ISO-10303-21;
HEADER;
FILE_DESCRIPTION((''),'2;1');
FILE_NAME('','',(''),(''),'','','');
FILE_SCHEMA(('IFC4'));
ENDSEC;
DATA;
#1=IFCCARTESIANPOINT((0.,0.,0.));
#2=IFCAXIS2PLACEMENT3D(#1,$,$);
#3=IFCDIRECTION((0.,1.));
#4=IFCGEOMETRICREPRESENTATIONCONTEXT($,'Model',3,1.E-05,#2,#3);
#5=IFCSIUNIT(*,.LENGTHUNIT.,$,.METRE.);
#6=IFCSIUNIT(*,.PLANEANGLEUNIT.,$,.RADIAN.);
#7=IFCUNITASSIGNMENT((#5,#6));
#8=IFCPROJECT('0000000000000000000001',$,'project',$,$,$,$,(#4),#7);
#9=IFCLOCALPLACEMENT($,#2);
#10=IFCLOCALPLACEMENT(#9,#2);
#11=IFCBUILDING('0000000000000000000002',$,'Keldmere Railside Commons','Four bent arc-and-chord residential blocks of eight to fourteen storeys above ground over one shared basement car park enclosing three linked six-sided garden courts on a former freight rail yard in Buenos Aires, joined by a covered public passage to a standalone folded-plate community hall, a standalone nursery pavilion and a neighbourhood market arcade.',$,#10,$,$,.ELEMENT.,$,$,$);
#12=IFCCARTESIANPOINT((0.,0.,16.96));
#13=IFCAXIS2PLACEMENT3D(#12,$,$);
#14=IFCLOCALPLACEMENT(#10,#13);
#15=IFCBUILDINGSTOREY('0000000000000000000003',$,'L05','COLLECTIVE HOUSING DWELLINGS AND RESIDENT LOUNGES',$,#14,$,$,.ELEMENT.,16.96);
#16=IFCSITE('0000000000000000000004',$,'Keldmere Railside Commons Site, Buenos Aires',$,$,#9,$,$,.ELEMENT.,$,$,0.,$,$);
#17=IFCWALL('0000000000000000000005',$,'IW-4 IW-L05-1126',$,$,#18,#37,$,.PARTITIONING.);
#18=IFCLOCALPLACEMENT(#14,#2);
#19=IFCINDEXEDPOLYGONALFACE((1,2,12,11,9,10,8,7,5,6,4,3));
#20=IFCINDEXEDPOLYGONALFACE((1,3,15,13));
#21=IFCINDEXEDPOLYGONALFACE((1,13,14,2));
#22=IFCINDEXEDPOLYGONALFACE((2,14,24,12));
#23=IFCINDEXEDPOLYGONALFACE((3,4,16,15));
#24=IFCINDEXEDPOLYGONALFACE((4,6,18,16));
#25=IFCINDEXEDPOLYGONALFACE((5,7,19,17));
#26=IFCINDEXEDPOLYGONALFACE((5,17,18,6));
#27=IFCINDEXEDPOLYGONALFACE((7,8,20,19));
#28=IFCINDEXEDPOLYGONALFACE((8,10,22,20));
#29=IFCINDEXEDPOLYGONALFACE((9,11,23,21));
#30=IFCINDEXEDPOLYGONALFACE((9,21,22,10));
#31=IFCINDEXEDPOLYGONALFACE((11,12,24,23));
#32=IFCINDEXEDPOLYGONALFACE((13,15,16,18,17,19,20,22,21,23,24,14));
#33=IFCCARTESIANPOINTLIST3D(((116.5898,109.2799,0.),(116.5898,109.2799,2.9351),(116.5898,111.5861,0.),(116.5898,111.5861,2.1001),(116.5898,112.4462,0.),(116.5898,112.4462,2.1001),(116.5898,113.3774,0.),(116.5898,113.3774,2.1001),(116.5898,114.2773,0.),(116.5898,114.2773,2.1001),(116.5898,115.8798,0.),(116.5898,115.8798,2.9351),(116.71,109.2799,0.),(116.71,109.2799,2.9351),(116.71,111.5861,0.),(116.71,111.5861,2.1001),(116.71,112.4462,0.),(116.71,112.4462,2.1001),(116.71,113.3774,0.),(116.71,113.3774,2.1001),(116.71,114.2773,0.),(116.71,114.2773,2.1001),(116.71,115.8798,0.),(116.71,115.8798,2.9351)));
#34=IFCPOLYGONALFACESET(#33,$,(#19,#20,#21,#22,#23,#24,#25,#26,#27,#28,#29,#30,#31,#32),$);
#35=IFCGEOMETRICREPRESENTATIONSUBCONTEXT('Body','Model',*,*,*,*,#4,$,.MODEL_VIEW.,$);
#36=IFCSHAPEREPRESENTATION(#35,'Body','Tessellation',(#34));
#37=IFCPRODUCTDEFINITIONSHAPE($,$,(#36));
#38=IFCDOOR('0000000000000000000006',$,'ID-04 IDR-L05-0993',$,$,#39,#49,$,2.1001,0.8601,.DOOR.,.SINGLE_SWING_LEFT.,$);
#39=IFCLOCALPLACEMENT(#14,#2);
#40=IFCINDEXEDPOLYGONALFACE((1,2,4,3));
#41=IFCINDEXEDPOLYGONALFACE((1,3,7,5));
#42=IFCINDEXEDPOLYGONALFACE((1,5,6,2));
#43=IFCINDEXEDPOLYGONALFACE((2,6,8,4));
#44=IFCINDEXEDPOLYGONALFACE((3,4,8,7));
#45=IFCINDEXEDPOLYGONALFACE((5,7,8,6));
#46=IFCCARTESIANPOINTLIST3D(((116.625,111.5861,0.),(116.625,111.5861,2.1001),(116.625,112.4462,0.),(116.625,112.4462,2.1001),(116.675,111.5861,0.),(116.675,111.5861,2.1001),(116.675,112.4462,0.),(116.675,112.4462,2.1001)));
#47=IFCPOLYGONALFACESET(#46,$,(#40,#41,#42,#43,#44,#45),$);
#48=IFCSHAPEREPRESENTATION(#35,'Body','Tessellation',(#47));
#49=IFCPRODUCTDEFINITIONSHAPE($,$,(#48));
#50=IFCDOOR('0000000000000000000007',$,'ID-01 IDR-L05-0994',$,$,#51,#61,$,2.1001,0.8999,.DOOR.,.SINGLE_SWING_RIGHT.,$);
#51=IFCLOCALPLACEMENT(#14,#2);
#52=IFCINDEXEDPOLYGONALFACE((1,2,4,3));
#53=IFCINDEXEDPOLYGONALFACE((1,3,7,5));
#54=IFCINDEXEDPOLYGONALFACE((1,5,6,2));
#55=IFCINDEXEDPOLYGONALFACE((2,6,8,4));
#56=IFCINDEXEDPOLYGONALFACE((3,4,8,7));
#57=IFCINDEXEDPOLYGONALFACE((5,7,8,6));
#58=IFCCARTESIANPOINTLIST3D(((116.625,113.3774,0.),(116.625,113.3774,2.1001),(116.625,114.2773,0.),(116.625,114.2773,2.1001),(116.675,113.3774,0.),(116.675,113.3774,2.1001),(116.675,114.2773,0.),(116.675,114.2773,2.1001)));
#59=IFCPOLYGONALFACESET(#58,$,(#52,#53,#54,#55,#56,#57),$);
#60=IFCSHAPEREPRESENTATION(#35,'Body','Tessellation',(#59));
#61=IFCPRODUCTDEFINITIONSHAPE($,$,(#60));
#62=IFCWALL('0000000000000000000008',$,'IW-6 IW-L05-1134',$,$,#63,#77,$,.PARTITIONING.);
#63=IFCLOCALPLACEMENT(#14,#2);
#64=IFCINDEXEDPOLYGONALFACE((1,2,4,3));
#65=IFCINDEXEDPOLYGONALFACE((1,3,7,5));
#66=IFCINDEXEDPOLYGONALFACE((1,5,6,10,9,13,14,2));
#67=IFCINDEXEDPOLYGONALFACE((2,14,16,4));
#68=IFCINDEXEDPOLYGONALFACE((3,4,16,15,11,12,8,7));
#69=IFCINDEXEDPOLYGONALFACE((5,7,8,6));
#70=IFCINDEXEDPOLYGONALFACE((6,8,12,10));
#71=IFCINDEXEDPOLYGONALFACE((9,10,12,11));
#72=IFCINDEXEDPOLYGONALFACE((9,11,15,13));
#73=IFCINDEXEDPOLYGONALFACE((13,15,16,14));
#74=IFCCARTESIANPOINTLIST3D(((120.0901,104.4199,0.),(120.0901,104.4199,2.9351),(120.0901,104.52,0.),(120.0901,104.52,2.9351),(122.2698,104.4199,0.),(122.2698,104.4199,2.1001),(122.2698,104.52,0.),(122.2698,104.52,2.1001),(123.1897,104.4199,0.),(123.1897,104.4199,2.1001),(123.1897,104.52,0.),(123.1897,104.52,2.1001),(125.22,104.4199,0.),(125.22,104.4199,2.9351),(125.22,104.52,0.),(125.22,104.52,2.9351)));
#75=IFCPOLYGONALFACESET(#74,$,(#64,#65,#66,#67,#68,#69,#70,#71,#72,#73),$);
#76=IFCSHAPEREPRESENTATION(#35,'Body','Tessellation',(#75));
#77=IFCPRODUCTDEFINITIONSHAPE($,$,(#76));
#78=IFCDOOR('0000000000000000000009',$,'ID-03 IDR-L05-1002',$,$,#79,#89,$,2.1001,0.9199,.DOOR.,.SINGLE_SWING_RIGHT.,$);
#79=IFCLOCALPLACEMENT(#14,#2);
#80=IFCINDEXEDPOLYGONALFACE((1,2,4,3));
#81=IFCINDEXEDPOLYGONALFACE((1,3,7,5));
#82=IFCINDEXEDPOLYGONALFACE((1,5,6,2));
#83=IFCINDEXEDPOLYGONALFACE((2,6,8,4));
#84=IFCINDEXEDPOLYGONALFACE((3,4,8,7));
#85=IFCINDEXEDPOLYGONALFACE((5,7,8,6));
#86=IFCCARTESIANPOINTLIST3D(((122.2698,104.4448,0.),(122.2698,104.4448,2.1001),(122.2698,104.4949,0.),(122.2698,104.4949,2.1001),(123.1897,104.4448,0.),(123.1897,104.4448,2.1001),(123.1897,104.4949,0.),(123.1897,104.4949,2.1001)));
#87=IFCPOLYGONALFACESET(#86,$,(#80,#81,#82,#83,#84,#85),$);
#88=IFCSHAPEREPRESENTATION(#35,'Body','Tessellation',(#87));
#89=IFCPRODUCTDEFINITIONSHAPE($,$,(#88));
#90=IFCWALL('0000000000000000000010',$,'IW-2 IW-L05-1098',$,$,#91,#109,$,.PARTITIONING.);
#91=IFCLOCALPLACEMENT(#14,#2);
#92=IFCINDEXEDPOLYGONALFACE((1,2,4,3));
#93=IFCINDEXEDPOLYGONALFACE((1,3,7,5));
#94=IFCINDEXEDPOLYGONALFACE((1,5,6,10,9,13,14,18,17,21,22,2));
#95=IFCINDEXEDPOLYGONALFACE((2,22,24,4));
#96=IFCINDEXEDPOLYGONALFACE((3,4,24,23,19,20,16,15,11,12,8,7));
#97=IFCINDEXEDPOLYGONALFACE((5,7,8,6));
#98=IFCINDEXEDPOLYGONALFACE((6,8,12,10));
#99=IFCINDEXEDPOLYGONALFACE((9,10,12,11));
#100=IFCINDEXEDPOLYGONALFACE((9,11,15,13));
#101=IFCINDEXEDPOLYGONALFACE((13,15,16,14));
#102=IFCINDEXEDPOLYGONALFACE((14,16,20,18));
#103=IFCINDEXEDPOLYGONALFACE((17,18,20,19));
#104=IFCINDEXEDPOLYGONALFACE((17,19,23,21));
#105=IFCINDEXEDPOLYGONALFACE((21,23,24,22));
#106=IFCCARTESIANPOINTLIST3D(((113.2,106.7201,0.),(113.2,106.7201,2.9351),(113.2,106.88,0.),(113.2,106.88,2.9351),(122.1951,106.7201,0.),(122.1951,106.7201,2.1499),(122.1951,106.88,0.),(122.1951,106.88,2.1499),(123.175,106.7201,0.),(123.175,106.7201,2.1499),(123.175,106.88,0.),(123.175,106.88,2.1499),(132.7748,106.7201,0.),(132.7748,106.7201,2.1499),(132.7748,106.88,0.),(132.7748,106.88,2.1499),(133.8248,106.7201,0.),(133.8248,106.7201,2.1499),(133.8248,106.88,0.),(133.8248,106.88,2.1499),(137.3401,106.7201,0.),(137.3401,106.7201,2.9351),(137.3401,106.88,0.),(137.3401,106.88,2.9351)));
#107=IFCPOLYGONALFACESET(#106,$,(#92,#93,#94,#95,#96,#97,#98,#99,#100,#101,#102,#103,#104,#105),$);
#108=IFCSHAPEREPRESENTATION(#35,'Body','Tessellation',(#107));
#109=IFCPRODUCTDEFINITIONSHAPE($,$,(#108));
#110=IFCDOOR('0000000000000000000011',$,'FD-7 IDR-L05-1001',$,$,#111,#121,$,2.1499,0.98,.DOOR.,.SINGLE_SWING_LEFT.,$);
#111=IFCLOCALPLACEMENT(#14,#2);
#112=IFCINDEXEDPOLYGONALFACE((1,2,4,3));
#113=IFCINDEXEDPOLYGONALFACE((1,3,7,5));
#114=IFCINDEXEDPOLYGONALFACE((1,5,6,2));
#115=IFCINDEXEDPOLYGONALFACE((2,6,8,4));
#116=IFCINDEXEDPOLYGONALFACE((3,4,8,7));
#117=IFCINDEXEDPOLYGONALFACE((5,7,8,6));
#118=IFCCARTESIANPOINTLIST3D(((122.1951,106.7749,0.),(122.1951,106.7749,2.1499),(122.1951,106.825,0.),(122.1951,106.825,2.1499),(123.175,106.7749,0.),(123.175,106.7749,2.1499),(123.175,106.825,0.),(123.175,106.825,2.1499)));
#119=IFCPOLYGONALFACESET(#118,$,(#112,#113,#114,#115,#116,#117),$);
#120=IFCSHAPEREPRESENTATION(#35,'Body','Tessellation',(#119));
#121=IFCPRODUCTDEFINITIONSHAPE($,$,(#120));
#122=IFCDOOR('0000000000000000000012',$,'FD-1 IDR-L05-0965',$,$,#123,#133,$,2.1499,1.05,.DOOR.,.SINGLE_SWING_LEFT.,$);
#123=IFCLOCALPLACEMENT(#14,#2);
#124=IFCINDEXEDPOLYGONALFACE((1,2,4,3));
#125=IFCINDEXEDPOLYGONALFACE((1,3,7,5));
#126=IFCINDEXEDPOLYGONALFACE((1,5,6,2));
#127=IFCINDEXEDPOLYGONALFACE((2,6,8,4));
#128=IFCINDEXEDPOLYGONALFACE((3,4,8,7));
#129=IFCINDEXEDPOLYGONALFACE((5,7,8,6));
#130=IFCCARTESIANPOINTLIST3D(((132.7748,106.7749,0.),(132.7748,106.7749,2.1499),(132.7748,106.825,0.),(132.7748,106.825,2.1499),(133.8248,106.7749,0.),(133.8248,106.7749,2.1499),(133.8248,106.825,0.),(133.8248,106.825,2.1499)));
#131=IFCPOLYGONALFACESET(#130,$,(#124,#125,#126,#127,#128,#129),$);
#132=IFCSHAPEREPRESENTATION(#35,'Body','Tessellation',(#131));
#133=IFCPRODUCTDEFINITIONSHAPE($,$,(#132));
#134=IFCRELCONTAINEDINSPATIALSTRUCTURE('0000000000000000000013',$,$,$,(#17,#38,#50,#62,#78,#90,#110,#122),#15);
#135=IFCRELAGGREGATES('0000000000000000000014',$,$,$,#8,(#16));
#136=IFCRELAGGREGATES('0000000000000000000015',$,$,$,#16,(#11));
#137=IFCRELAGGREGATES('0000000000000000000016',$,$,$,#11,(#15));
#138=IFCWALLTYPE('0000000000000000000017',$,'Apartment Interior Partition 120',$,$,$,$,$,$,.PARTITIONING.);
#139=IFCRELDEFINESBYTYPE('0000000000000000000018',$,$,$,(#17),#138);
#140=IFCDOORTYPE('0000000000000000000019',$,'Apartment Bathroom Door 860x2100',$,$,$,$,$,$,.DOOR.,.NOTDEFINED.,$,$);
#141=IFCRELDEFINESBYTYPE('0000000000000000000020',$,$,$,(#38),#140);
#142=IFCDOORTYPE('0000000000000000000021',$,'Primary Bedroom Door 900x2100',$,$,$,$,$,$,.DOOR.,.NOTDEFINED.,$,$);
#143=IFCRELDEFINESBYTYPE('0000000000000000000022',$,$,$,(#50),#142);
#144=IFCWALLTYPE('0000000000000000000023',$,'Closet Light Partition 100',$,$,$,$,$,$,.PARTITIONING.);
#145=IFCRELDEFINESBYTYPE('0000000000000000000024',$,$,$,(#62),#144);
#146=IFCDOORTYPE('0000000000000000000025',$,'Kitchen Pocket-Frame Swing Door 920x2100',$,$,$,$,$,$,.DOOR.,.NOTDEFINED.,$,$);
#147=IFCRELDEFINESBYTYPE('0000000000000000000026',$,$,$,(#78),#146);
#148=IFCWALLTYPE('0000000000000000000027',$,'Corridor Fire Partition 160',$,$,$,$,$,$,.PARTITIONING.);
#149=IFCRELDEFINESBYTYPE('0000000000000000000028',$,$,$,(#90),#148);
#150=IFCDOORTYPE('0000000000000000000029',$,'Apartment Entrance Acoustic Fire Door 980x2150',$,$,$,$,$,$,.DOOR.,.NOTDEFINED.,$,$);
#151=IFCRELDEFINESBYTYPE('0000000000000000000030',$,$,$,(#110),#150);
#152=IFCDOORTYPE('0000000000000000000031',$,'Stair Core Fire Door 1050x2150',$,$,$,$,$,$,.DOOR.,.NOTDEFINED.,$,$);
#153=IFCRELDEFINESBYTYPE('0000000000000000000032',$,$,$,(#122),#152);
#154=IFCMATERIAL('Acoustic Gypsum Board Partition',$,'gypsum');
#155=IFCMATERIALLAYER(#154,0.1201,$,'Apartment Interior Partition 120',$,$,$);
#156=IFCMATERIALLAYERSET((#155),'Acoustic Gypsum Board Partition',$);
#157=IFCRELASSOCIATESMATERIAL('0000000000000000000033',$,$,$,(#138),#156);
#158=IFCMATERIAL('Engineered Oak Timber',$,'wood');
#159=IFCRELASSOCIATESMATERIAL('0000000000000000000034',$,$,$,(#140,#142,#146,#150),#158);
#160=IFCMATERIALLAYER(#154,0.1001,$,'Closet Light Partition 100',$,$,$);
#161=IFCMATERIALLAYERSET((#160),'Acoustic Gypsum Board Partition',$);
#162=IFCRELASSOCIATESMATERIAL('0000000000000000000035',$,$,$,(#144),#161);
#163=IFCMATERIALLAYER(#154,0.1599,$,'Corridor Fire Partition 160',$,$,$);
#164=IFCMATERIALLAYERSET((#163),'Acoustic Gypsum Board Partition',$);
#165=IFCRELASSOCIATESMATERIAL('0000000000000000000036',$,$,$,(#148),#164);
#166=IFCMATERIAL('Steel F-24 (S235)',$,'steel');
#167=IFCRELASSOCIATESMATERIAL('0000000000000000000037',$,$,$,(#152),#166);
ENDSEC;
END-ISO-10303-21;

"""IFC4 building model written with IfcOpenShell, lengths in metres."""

from ifc_helpers import new_model, si_unit, direction, frame, frame_2d, origin, place, context, subcontext, project, spatial, rectangle, extrude, material, layer, layer_set, type_object, element, fill, save


model = new_model("IFC4")

# Units and contexts
model_context = context("Model", 3, precision=1e-05, world=origin(), true_north=direction((0.0, 1.0)))
body_context = subcontext(model_context, "Body", "Model", "MODEL_VIEW")
ifc_project = project(units=[si_unit("LENGTHUNIT", "METRE"), si_unit("PLANEANGLEUNIT", "RADIAN")], contexts=[model_context])

# Site, building, storey
site_placement = place(None, origin())
site = spatial("IfcSite", under=ifc_project, at=site_placement, Name="Keldmere Railside Commons Site, Buenos Aires", CompositionType="ELEMENT", RefElevation=0.0)
building_placement = place(site_placement, origin())
building = spatial("IfcBuilding", under=site, at=building_placement, Name="Keldmere Railside Commons", Description="Four bent arc-and-chord residential blocks of eight to fourteen storeys above ground over one shared basement car park enclosing three linked six-sided garden courts on a former freight rail yard in Buenos Aires, joined by a covered public passage to a standalone folded-plate community hall, a standalone nursery pavilion and a neighbourhood market arcade.", CompositionType="ELEMENT")
storey_placement = place(building_placement, frame((0.0, 0.0, 16.96)))
storey = spatial("IfcBuildingStorey", under=building, at=storey_placement, Name="L05", Description="COLLECTIVE HOUSING DWELLINGS AND RESIDENT LOUNGES", CompositionType="ELEMENT", Elevation=16.96)

# Wall, openings, doors
ifc_material_1 = material(Name="Acoustic Gypsum Board Partition", Category="gypsum")
ifc_layer_1 = layer(ifc_material_1, 0.1201, Name="Apartment Interior Partition 120")
ifc_layer_set_1 = layer_set([ifc_layer_1], Name="Acoustic Gypsum Board Partition")
wall_type_1 = type_object("IfcWallType", Name="Apartment Interior Partition 120", PredefinedType="PARTITIONING", material=ifc_layer_set_1)
wall_1_placement = place(storey_placement, frame((116.6499, 109.28, 0.0), z_axis=(0.0, 0.0, 1.0), x_axis=(0.0, 1.0, 0.0)))
wall_1 = element("IfcWall", 1, at=wall_1_placement, inside=storey, type_object=wall_type_1, Name="IW-4 IW-L05-1126", PredefinedType="PARTITIONING", context=body_context, shape_type="SweptSolid", body=[
    extrude(rectangle(XDim=6.5999, YDim=0.1201, at=frame_2d((3.2998, 0.0))), origin(), (0.0, 0.0, 1.0), 2.9351),
])
opening_1_placement = place(wall_1_placement, frame((2.3059, 0.0, 0.0)))
opening_1 = element("IfcOpeningElement", 2, at=opening_1_placement, cuts=wall_1, PredefinedType="OPENING", context=body_context, shape_type="SweptSolid", body=[
    extrude(rectangle(XDim=0.8601, YDim=2.1001, at=frame_2d((0.4302, 1.05))), frame((0.0, 0.0701, 0.0), z_axis=(0.0, -1.0, 0.0), x_axis=(1.0, 0.0, 0.0)), (0.0, 0.0, 1.0), 0.1401),
])
opening_2_placement = place(wall_1_placement, frame((4.0974, 0.0, 0.0)))
opening_2 = element("IfcOpeningElement", 3, at=opening_2_placement, cuts=wall_1, PredefinedType="OPENING", context=body_context, shape_type="SweptSolid", body=[
    extrude(rectangle(XDim=0.8999, YDim=2.1001, at=frame_2d((0.45, 1.05))), frame((0.0, 0.0701, 0.0), z_axis=(0.0, -1.0, 0.0), x_axis=(1.0, 0.0, 0.0)), (0.0, 0.0, 1.0), 0.1401),
])
ifc_material_2 = material(Name="Engineered Oak Timber", Category="wood")
door_type_1 = type_object("IfcDoorType", Name="Apartment Bathroom Door 860x2100", OperationType="NOTDEFINED", PredefinedType="DOOR", material=ifc_material_2)
door_1_placement = place(opening_1_placement, origin())
door_1 = element("IfcDoor", 4, at=door_1_placement, inside=storey, type_object=door_type_1, Name="ID-04 IDR-L05-0993", OperationType="SINGLE_SWING_LEFT", OverallHeight=2.1001, OverallWidth=0.8601, PredefinedType="DOOR", context=body_context, shape_type="SweptSolid", body=[
    extrude(rectangle(XDim=0.8601, YDim=2.1001, at=frame_2d((0.4302, 1.05))), frame((0.0, 0.0249, 0.0), z_axis=(0.0, -1.0, 0.0), x_axis=(1.0, 0.0, 0.0)), (0.0, 0.0, 1.0), 0.05),
])
fill(opening_1, door_1)
door_type_2 = type_object("IfcDoorType", Name="Primary Bedroom Door 900x2100", OperationType="NOTDEFINED", PredefinedType="DOOR", material=ifc_material_2)
door_2_placement = place(opening_2_placement, origin())
door_2 = element("IfcDoor", 5, at=door_2_placement, inside=storey, type_object=door_type_2, Name="ID-01 IDR-L05-0994", OperationType="SINGLE_SWING_RIGHT", OverallHeight=2.1001, OverallWidth=0.8999, PredefinedType="DOOR", context=body_context, shape_type="SweptSolid", body=[
    extrude(rectangle(XDim=0.8999, YDim=2.1001, at=frame_2d((0.45, 1.05))), frame((0.0, 0.0249, 0.0), z_axis=(0.0, -1.0, 0.0), x_axis=(1.0, 0.0, 0.0)), (0.0, 0.0, 1.0), 0.05),
])
fill(opening_2, door_2)

# Wall, opening, door
ifc_layer_2 = layer(ifc_material_1, 0.1001, Name="Closet Light Partition 100")
ifc_layer_set_2 = layer_set([ifc_layer_2], Name="Acoustic Gypsum Board Partition")
wall_type_2 = type_object("IfcWallType", Name="Closet Light Partition 100", PredefinedType="PARTITIONING", material=ifc_layer_set_2)
wall_2_placement = place(storey_placement, frame((120.0901, 104.47, 0.0), z_axis=(0.0, 0.0, 1.0), x_axis=(1.0, 0.0, 0.0)))
wall_2 = element("IfcWall", 6, at=wall_2_placement, inside=storey, type_object=wall_type_2, Name="IW-6 IW-L05-1134", PredefinedType="PARTITIONING", context=body_context, shape_type="SweptSolid", body=[
    extrude(rectangle(XDim=5.1299, YDim=0.1001, at=frame_2d((2.5649, 0.0))), origin(), (0.0, 0.0, 1.0), 2.9351),
])
opening_3_placement = place(wall_2_placement, frame((2.1797, 0.0, 0.0)))
opening_3 = element("IfcOpeningElement", 7, at=opening_3_placement, cuts=wall_2, PredefinedType="OPENING", context=body_context, shape_type="SweptSolid", body=[
    extrude(rectangle(XDim=0.9199, YDim=2.1001, at=frame_2d((0.46, 1.05))), frame((0.0, 0.0601, 0.0), z_axis=(0.0, -1.0, 0.0), x_axis=(1.0, 0.0, 0.0)), (0.0, 0.0, 1.0), 0.1201),
])
door_type_3 = type_object("IfcDoorType", Name="Kitchen Pocket-Frame Swing Door 920x2100", OperationType="NOTDEFINED", PredefinedType="DOOR", material=ifc_material_2)
door_3_placement = place(opening_3_placement, origin())
door_3 = element("IfcDoor", 8, at=door_3_placement, inside=storey, type_object=door_type_3, Name="ID-03 IDR-L05-1002", OperationType="SINGLE_SWING_RIGHT", OverallHeight=2.1001, OverallWidth=0.9199, PredefinedType="DOOR", context=body_context, shape_type="SweptSolid", body=[
    extrude(rectangle(XDim=0.9199, YDim=2.1001, at=frame_2d((0.46, 1.05))), frame((0.0, 0.0249, 0.0), z_axis=(0.0, -1.0, 0.0), x_axis=(1.0, 0.0, 0.0)), (0.0, 0.0, 1.0), 0.05),
])
fill(opening_3, door_3)

# Wall, openings, doors
ifc_layer_3 = layer(ifc_material_1, 0.1599, Name="Corridor Fire Partition 160")
ifc_layer_set_3 = layer_set([ifc_layer_3], Name="Acoustic Gypsum Board Partition")
wall_type_3 = type_object("IfcWallType", Name="Corridor Fire Partition 160", PredefinedType="PARTITIONING", material=ifc_layer_set_3)
wall_3_placement = place(storey_placement, frame((113.2, 106.8, 0.0), z_axis=(0.0, 0.0, 1.0), x_axis=(1.0, 0.0, 0.0)))
wall_3 = element("IfcWall", 9, at=wall_3_placement, inside=storey, type_object=wall_type_3, Name="IW-2 IW-L05-1098", PredefinedType="PARTITIONING", context=body_context, shape_type="SweptSolid", body=[
    extrude(rectangle(XDim=24.1401, YDim=0.1599, at=frame_2d((12.0701, 0.0))), origin(), (0.0, 0.0, 1.0), 2.9351),
])
opening_4_placement = place(wall_3_placement, frame((19.575, 0.0, 0.0)))
opening_4 = element("IfcOpeningElement", 10, at=opening_4_placement, cuts=wall_3, PredefinedType="OPENING", context=body_context, shape_type="SweptSolid", body=[
    extrude(rectangle(XDim=1.05, YDim=2.1499, at=frame_2d((0.5249, 1.075))), frame((0.0, 0.0898, 0.0), z_axis=(0.0, -1.0, 0.0), x_axis=(1.0, 0.0, 0.0)), (0.0, 0.0, 1.0), 0.1799),
])
opening_5_placement = place(wall_3_placement, frame((8.9951, 0.0, 0.0)))
opening_5 = element("IfcOpeningElement", 11, at=opening_5_placement, cuts=wall_3, PredefinedType="OPENING", context=body_context, shape_type="SweptSolid", body=[
    extrude(rectangle(XDim=0.98, YDim=2.1499, at=frame_2d((0.49, 1.075))), frame((0.0, 0.0898, 0.0), z_axis=(0.0, -1.0, 0.0), x_axis=(1.0, 0.0, 0.0)), (0.0, 0.0, 1.0), 0.1799),
])
door_type_4 = type_object("IfcDoorType", Name="Apartment Entrance Acoustic Fire Door 980x2150", OperationType="NOTDEFINED", PredefinedType="DOOR", material=ifc_material_2)
door_4_placement = place(opening_5_placement, origin())
door_4 = element("IfcDoor", 12, at=door_4_placement, inside=storey, type_object=door_type_4, Name="FD-7 IDR-L05-1001", OperationType="SINGLE_SWING_LEFT", OverallHeight=2.1499, OverallWidth=0.98, PredefinedType="DOOR", context=body_context, shape_type="SweptSolid", body=[
    extrude(rectangle(XDim=0.98, YDim=2.1499, at=frame_2d((0.49, 1.075))), frame((0.0, 0.0249, 0.0), z_axis=(0.0, -1.0, 0.0), x_axis=(1.0, 0.0, 0.0)), (0.0, 0.0, 1.0), 0.05),
])
fill(opening_5, door_4)
ifc_material_3 = material(Name="Steel F-24 (S235)", Category="steel")
door_type_5 = type_object("IfcDoorType", Name="Stair Core Fire Door 1050x2150", OperationType="NOTDEFINED", PredefinedType="DOOR", material=ifc_material_3)
door_5_placement = place(opening_4_placement, origin())
door_5 = element("IfcDoor", 13, at=door_5_placement, inside=storey, type_object=door_type_5, Name="FD-1 IDR-L05-0965", OperationType="SINGLE_SWING_LEFT", OverallHeight=2.1499, OverallWidth=1.05, PredefinedType="DOOR", context=body_context, shape_type="SweptSolid", body=[
    extrude(rectangle(XDim=1.05, YDim=2.1499, at=frame_2d((0.5249, 1.075))), frame((0.0, 0.0249, 0.0), z_axis=(0.0, -1.0, 0.0), x_axis=(1.0, 0.0, 0.0)), (0.0, 0.0, 1.0), 0.05),
])
fill(opening_4, door_5)

save(model, "model.ifc")
